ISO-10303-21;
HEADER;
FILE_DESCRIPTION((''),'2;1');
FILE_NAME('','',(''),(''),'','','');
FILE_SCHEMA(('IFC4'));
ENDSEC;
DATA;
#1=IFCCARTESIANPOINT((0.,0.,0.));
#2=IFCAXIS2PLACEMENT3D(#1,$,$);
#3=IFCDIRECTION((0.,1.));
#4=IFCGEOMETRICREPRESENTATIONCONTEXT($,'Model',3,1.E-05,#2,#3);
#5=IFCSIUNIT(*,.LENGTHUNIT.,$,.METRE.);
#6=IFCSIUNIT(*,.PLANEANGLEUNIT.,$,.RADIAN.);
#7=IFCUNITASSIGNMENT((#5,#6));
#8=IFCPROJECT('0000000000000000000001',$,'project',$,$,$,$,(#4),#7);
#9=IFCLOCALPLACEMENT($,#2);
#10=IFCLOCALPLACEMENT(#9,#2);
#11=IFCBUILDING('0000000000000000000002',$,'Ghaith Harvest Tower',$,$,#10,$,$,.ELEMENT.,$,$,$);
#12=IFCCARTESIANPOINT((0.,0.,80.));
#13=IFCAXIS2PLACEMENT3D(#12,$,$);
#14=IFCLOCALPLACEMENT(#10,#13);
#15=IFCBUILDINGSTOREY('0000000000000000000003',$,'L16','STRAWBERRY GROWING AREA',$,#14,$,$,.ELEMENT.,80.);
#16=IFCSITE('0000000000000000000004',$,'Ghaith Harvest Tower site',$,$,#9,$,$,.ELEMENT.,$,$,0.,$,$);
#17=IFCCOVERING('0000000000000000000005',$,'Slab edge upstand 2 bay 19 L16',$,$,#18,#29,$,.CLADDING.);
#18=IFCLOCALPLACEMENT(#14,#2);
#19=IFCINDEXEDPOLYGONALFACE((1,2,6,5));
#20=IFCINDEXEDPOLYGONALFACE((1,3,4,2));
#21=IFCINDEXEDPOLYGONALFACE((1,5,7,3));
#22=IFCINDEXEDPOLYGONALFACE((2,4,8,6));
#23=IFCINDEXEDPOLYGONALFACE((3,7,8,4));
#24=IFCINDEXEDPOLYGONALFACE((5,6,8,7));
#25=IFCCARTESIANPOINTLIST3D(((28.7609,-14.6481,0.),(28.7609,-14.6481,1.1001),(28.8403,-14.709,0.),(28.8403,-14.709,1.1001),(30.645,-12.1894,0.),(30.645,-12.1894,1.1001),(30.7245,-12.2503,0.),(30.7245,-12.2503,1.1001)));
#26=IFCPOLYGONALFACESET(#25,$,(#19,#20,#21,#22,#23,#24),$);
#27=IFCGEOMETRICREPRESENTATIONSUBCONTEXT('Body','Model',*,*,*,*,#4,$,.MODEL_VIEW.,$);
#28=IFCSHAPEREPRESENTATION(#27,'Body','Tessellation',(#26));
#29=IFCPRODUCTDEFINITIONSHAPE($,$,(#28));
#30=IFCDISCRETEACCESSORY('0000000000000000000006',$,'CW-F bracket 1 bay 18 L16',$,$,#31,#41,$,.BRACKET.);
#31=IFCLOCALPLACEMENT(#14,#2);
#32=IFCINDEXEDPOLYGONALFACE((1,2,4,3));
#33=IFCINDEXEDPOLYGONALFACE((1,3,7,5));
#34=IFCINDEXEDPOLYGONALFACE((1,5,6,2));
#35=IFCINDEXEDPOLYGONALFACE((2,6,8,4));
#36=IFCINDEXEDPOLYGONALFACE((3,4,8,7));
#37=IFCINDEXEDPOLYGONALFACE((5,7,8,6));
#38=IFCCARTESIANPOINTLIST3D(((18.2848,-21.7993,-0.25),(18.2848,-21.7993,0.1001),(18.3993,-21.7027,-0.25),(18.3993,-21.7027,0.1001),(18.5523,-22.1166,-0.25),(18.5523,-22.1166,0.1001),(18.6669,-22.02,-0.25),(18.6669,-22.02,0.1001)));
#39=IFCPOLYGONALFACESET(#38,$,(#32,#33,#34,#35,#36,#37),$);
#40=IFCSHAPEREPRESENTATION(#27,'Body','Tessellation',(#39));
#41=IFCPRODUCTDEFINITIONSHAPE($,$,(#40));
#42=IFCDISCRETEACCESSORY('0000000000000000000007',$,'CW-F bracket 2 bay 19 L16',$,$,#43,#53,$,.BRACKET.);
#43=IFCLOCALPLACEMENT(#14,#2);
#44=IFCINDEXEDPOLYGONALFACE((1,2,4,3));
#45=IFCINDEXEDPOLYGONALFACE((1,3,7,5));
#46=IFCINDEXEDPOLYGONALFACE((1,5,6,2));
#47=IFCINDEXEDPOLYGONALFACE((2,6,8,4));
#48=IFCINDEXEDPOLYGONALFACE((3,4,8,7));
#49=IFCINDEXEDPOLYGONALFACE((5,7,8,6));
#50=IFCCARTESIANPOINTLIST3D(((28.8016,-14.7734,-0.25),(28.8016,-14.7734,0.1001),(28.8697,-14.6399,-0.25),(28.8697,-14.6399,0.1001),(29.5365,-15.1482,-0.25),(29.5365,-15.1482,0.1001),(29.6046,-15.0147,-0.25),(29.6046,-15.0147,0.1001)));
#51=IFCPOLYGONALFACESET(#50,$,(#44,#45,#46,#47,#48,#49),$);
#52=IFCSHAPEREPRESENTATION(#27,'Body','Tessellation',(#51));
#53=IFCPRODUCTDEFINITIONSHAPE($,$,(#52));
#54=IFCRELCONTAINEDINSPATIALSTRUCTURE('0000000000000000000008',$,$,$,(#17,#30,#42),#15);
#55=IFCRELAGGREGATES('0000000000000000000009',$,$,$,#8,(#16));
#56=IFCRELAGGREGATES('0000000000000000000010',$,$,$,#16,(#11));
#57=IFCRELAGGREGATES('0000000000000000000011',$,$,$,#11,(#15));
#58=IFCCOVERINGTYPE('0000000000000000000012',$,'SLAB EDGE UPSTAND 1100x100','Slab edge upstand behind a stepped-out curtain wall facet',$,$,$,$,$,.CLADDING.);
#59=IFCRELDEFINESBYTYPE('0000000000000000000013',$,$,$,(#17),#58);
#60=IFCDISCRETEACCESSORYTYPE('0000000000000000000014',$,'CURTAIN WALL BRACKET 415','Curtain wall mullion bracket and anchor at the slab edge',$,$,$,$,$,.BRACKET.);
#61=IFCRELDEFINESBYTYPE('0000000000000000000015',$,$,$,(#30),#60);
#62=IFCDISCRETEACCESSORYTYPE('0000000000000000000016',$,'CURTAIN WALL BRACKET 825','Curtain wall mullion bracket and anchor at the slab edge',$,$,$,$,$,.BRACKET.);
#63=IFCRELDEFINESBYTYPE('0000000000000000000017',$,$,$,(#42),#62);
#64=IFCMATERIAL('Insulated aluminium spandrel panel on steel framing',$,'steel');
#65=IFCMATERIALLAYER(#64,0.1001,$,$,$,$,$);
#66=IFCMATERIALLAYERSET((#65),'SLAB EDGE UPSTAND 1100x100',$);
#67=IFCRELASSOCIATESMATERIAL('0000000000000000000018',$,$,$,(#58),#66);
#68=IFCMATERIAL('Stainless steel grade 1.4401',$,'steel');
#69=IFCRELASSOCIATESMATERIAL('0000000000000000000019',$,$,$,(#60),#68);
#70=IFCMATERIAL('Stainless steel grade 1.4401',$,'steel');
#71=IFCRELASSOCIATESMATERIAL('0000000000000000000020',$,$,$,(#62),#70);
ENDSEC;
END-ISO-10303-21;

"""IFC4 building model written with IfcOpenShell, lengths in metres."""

from ifc_helpers import new_model, si_unit, direction, frame, origin, origin_2d, place, context, subcontext, project, spatial, rectangle, extrude, material, layer, layer_set, type_object, element, save


model = new_model("IFC4")

# Units and contexts
model_context = context("Model", 3, precision=1e-05, world=origin(), true_north=direction((0.0, 1.0)))
body_context = subcontext(model_context, "Body", "Model", "MODEL_VIEW")
ifc_project = project(units=[si_unit("LENGTHUNIT", "METRE"), si_unit("PLANEANGLEUNIT", "RADIAN")], contexts=[model_context])

# Site, building, storey
site_placement = place(None, origin())
site = spatial("IfcSite", under=ifc_project, at=site_placement, Name="Ghaith Harvest Tower site", CompositionType="ELEMENT", RefElevation=0.0)
building_placement = place(site_placement, origin())
building = spatial("IfcBuilding", under=site, at=building_placement, Name="Ghaith Harvest Tower", CompositionType="ELEMENT")
storey_placement = place(building_placement, frame((0.0, 0.0, 80.0)))
storey = spatial("IfcBuildingStorey", under=building, at=storey_placement, Name="L16", Description="STRAWBERRY GROWING AREA", CompositionType="ELEMENT", Elevation=80.0)

# Covering
ifc_material_1 = material(Name="Insulated aluminium spandrel panel on steel framing", Category="steel")
ifc_layer_1 = layer(ifc_material_1, 0.1001)
ifc_layer_set_1 = layer_set([ifc_layer_1], Name="SLAB EDGE UPSTAND 1100x100")
covering_type = type_object("IfcCoveringType", Name="SLAB EDGE UPSTAND 1100x100", Description="Slab edge upstand behind a stepped-out curtain wall facet", PredefinedType="CLADDING", material=ifc_layer_set_1)
covering_1_placement = place(storey_placement, frame((29.7427, -13.4492, 0.0), z_axis=(0.0, 0.0, 1.0), x_axis=(0.608255, 0.793742, 0.0)))
element("IfcCovering", 1, at=covering_1_placement, inside=storey, type_object=covering_type, Name="Slab edge upstand 2 bay 19 L16", PredefinedType="CLADDING", context=body_context, shape_type="SweptSolid", body=[
    extrude(rectangle(XDim=3.0977, YDim=0.1001, at=origin_2d()), origin(), (0.0, 0.0, 1.0), 1.1001),
])

# Discrete accessories
ifc_material_2 = material(Name="Stainless steel grade 1.4401", Category="steel")
discrete_accessory_type_1 = type_object("IfcDiscreteAccessoryType", Name="CURTAIN WALL BRACKET 415", Description="Curtain wall mullion bracket and anchor at the slab edge", PredefinedType="BRACKET", material=ifc_material_2)
discrete_accessory_1_placement = place(storey_placement, frame((18.4758, -21.9097, -0.25), z_axis=(0.0, 0.0, 1.0), x_axis=(0.644657, -0.764472, 0.0)))
element("IfcDiscreteAccessory", 2, at=discrete_accessory_1_placement, inside=storey, type_object=discrete_accessory_type_1, Name="CW-F bracket 1 bay 18 L16", PredefinedType="BRACKET", context=body_context, shape_type="SweptSolid", body=[
    extrude(rectangle(XDim=0.415, YDim=0.1499, at=origin_2d()), origin(), (0.0, 0.0, 1.0), 0.3501),
])
ifc_material_3 = material(Name="Stainless steel grade 1.4401", Category="steel")
discrete_accessory_type_2 = type_object("IfcDiscreteAccessoryType", Name="CURTAIN WALL BRACKET 825", Description="Curtain wall mullion bracket and anchor at the slab edge", PredefinedType="BRACKET", material=ifc_material_3)
discrete_accessory_2_placement = place(storey_placement, frame((29.2031, -14.894, -0.25), z_axis=(0.0, 0.0, 1.0), x_axis=(0.890831, -0.454335, 0.0)))
element("IfcDiscreteAccessory", 3, at=discrete_accessory_2_placement, inside=storey, type_object=discrete_accessory_type_2, Name="CW-F bracket 2 bay 19 L16", PredefinedType="BRACKET", context=body_context, shape_type="SweptSolid", body=[
    extrude(rectangle(XDim=0.825, YDim=0.1499, at=origin_2d()), origin(), (0.0, 0.0, 1.0), 0.3501),
])

save(model, "model.ifc")
